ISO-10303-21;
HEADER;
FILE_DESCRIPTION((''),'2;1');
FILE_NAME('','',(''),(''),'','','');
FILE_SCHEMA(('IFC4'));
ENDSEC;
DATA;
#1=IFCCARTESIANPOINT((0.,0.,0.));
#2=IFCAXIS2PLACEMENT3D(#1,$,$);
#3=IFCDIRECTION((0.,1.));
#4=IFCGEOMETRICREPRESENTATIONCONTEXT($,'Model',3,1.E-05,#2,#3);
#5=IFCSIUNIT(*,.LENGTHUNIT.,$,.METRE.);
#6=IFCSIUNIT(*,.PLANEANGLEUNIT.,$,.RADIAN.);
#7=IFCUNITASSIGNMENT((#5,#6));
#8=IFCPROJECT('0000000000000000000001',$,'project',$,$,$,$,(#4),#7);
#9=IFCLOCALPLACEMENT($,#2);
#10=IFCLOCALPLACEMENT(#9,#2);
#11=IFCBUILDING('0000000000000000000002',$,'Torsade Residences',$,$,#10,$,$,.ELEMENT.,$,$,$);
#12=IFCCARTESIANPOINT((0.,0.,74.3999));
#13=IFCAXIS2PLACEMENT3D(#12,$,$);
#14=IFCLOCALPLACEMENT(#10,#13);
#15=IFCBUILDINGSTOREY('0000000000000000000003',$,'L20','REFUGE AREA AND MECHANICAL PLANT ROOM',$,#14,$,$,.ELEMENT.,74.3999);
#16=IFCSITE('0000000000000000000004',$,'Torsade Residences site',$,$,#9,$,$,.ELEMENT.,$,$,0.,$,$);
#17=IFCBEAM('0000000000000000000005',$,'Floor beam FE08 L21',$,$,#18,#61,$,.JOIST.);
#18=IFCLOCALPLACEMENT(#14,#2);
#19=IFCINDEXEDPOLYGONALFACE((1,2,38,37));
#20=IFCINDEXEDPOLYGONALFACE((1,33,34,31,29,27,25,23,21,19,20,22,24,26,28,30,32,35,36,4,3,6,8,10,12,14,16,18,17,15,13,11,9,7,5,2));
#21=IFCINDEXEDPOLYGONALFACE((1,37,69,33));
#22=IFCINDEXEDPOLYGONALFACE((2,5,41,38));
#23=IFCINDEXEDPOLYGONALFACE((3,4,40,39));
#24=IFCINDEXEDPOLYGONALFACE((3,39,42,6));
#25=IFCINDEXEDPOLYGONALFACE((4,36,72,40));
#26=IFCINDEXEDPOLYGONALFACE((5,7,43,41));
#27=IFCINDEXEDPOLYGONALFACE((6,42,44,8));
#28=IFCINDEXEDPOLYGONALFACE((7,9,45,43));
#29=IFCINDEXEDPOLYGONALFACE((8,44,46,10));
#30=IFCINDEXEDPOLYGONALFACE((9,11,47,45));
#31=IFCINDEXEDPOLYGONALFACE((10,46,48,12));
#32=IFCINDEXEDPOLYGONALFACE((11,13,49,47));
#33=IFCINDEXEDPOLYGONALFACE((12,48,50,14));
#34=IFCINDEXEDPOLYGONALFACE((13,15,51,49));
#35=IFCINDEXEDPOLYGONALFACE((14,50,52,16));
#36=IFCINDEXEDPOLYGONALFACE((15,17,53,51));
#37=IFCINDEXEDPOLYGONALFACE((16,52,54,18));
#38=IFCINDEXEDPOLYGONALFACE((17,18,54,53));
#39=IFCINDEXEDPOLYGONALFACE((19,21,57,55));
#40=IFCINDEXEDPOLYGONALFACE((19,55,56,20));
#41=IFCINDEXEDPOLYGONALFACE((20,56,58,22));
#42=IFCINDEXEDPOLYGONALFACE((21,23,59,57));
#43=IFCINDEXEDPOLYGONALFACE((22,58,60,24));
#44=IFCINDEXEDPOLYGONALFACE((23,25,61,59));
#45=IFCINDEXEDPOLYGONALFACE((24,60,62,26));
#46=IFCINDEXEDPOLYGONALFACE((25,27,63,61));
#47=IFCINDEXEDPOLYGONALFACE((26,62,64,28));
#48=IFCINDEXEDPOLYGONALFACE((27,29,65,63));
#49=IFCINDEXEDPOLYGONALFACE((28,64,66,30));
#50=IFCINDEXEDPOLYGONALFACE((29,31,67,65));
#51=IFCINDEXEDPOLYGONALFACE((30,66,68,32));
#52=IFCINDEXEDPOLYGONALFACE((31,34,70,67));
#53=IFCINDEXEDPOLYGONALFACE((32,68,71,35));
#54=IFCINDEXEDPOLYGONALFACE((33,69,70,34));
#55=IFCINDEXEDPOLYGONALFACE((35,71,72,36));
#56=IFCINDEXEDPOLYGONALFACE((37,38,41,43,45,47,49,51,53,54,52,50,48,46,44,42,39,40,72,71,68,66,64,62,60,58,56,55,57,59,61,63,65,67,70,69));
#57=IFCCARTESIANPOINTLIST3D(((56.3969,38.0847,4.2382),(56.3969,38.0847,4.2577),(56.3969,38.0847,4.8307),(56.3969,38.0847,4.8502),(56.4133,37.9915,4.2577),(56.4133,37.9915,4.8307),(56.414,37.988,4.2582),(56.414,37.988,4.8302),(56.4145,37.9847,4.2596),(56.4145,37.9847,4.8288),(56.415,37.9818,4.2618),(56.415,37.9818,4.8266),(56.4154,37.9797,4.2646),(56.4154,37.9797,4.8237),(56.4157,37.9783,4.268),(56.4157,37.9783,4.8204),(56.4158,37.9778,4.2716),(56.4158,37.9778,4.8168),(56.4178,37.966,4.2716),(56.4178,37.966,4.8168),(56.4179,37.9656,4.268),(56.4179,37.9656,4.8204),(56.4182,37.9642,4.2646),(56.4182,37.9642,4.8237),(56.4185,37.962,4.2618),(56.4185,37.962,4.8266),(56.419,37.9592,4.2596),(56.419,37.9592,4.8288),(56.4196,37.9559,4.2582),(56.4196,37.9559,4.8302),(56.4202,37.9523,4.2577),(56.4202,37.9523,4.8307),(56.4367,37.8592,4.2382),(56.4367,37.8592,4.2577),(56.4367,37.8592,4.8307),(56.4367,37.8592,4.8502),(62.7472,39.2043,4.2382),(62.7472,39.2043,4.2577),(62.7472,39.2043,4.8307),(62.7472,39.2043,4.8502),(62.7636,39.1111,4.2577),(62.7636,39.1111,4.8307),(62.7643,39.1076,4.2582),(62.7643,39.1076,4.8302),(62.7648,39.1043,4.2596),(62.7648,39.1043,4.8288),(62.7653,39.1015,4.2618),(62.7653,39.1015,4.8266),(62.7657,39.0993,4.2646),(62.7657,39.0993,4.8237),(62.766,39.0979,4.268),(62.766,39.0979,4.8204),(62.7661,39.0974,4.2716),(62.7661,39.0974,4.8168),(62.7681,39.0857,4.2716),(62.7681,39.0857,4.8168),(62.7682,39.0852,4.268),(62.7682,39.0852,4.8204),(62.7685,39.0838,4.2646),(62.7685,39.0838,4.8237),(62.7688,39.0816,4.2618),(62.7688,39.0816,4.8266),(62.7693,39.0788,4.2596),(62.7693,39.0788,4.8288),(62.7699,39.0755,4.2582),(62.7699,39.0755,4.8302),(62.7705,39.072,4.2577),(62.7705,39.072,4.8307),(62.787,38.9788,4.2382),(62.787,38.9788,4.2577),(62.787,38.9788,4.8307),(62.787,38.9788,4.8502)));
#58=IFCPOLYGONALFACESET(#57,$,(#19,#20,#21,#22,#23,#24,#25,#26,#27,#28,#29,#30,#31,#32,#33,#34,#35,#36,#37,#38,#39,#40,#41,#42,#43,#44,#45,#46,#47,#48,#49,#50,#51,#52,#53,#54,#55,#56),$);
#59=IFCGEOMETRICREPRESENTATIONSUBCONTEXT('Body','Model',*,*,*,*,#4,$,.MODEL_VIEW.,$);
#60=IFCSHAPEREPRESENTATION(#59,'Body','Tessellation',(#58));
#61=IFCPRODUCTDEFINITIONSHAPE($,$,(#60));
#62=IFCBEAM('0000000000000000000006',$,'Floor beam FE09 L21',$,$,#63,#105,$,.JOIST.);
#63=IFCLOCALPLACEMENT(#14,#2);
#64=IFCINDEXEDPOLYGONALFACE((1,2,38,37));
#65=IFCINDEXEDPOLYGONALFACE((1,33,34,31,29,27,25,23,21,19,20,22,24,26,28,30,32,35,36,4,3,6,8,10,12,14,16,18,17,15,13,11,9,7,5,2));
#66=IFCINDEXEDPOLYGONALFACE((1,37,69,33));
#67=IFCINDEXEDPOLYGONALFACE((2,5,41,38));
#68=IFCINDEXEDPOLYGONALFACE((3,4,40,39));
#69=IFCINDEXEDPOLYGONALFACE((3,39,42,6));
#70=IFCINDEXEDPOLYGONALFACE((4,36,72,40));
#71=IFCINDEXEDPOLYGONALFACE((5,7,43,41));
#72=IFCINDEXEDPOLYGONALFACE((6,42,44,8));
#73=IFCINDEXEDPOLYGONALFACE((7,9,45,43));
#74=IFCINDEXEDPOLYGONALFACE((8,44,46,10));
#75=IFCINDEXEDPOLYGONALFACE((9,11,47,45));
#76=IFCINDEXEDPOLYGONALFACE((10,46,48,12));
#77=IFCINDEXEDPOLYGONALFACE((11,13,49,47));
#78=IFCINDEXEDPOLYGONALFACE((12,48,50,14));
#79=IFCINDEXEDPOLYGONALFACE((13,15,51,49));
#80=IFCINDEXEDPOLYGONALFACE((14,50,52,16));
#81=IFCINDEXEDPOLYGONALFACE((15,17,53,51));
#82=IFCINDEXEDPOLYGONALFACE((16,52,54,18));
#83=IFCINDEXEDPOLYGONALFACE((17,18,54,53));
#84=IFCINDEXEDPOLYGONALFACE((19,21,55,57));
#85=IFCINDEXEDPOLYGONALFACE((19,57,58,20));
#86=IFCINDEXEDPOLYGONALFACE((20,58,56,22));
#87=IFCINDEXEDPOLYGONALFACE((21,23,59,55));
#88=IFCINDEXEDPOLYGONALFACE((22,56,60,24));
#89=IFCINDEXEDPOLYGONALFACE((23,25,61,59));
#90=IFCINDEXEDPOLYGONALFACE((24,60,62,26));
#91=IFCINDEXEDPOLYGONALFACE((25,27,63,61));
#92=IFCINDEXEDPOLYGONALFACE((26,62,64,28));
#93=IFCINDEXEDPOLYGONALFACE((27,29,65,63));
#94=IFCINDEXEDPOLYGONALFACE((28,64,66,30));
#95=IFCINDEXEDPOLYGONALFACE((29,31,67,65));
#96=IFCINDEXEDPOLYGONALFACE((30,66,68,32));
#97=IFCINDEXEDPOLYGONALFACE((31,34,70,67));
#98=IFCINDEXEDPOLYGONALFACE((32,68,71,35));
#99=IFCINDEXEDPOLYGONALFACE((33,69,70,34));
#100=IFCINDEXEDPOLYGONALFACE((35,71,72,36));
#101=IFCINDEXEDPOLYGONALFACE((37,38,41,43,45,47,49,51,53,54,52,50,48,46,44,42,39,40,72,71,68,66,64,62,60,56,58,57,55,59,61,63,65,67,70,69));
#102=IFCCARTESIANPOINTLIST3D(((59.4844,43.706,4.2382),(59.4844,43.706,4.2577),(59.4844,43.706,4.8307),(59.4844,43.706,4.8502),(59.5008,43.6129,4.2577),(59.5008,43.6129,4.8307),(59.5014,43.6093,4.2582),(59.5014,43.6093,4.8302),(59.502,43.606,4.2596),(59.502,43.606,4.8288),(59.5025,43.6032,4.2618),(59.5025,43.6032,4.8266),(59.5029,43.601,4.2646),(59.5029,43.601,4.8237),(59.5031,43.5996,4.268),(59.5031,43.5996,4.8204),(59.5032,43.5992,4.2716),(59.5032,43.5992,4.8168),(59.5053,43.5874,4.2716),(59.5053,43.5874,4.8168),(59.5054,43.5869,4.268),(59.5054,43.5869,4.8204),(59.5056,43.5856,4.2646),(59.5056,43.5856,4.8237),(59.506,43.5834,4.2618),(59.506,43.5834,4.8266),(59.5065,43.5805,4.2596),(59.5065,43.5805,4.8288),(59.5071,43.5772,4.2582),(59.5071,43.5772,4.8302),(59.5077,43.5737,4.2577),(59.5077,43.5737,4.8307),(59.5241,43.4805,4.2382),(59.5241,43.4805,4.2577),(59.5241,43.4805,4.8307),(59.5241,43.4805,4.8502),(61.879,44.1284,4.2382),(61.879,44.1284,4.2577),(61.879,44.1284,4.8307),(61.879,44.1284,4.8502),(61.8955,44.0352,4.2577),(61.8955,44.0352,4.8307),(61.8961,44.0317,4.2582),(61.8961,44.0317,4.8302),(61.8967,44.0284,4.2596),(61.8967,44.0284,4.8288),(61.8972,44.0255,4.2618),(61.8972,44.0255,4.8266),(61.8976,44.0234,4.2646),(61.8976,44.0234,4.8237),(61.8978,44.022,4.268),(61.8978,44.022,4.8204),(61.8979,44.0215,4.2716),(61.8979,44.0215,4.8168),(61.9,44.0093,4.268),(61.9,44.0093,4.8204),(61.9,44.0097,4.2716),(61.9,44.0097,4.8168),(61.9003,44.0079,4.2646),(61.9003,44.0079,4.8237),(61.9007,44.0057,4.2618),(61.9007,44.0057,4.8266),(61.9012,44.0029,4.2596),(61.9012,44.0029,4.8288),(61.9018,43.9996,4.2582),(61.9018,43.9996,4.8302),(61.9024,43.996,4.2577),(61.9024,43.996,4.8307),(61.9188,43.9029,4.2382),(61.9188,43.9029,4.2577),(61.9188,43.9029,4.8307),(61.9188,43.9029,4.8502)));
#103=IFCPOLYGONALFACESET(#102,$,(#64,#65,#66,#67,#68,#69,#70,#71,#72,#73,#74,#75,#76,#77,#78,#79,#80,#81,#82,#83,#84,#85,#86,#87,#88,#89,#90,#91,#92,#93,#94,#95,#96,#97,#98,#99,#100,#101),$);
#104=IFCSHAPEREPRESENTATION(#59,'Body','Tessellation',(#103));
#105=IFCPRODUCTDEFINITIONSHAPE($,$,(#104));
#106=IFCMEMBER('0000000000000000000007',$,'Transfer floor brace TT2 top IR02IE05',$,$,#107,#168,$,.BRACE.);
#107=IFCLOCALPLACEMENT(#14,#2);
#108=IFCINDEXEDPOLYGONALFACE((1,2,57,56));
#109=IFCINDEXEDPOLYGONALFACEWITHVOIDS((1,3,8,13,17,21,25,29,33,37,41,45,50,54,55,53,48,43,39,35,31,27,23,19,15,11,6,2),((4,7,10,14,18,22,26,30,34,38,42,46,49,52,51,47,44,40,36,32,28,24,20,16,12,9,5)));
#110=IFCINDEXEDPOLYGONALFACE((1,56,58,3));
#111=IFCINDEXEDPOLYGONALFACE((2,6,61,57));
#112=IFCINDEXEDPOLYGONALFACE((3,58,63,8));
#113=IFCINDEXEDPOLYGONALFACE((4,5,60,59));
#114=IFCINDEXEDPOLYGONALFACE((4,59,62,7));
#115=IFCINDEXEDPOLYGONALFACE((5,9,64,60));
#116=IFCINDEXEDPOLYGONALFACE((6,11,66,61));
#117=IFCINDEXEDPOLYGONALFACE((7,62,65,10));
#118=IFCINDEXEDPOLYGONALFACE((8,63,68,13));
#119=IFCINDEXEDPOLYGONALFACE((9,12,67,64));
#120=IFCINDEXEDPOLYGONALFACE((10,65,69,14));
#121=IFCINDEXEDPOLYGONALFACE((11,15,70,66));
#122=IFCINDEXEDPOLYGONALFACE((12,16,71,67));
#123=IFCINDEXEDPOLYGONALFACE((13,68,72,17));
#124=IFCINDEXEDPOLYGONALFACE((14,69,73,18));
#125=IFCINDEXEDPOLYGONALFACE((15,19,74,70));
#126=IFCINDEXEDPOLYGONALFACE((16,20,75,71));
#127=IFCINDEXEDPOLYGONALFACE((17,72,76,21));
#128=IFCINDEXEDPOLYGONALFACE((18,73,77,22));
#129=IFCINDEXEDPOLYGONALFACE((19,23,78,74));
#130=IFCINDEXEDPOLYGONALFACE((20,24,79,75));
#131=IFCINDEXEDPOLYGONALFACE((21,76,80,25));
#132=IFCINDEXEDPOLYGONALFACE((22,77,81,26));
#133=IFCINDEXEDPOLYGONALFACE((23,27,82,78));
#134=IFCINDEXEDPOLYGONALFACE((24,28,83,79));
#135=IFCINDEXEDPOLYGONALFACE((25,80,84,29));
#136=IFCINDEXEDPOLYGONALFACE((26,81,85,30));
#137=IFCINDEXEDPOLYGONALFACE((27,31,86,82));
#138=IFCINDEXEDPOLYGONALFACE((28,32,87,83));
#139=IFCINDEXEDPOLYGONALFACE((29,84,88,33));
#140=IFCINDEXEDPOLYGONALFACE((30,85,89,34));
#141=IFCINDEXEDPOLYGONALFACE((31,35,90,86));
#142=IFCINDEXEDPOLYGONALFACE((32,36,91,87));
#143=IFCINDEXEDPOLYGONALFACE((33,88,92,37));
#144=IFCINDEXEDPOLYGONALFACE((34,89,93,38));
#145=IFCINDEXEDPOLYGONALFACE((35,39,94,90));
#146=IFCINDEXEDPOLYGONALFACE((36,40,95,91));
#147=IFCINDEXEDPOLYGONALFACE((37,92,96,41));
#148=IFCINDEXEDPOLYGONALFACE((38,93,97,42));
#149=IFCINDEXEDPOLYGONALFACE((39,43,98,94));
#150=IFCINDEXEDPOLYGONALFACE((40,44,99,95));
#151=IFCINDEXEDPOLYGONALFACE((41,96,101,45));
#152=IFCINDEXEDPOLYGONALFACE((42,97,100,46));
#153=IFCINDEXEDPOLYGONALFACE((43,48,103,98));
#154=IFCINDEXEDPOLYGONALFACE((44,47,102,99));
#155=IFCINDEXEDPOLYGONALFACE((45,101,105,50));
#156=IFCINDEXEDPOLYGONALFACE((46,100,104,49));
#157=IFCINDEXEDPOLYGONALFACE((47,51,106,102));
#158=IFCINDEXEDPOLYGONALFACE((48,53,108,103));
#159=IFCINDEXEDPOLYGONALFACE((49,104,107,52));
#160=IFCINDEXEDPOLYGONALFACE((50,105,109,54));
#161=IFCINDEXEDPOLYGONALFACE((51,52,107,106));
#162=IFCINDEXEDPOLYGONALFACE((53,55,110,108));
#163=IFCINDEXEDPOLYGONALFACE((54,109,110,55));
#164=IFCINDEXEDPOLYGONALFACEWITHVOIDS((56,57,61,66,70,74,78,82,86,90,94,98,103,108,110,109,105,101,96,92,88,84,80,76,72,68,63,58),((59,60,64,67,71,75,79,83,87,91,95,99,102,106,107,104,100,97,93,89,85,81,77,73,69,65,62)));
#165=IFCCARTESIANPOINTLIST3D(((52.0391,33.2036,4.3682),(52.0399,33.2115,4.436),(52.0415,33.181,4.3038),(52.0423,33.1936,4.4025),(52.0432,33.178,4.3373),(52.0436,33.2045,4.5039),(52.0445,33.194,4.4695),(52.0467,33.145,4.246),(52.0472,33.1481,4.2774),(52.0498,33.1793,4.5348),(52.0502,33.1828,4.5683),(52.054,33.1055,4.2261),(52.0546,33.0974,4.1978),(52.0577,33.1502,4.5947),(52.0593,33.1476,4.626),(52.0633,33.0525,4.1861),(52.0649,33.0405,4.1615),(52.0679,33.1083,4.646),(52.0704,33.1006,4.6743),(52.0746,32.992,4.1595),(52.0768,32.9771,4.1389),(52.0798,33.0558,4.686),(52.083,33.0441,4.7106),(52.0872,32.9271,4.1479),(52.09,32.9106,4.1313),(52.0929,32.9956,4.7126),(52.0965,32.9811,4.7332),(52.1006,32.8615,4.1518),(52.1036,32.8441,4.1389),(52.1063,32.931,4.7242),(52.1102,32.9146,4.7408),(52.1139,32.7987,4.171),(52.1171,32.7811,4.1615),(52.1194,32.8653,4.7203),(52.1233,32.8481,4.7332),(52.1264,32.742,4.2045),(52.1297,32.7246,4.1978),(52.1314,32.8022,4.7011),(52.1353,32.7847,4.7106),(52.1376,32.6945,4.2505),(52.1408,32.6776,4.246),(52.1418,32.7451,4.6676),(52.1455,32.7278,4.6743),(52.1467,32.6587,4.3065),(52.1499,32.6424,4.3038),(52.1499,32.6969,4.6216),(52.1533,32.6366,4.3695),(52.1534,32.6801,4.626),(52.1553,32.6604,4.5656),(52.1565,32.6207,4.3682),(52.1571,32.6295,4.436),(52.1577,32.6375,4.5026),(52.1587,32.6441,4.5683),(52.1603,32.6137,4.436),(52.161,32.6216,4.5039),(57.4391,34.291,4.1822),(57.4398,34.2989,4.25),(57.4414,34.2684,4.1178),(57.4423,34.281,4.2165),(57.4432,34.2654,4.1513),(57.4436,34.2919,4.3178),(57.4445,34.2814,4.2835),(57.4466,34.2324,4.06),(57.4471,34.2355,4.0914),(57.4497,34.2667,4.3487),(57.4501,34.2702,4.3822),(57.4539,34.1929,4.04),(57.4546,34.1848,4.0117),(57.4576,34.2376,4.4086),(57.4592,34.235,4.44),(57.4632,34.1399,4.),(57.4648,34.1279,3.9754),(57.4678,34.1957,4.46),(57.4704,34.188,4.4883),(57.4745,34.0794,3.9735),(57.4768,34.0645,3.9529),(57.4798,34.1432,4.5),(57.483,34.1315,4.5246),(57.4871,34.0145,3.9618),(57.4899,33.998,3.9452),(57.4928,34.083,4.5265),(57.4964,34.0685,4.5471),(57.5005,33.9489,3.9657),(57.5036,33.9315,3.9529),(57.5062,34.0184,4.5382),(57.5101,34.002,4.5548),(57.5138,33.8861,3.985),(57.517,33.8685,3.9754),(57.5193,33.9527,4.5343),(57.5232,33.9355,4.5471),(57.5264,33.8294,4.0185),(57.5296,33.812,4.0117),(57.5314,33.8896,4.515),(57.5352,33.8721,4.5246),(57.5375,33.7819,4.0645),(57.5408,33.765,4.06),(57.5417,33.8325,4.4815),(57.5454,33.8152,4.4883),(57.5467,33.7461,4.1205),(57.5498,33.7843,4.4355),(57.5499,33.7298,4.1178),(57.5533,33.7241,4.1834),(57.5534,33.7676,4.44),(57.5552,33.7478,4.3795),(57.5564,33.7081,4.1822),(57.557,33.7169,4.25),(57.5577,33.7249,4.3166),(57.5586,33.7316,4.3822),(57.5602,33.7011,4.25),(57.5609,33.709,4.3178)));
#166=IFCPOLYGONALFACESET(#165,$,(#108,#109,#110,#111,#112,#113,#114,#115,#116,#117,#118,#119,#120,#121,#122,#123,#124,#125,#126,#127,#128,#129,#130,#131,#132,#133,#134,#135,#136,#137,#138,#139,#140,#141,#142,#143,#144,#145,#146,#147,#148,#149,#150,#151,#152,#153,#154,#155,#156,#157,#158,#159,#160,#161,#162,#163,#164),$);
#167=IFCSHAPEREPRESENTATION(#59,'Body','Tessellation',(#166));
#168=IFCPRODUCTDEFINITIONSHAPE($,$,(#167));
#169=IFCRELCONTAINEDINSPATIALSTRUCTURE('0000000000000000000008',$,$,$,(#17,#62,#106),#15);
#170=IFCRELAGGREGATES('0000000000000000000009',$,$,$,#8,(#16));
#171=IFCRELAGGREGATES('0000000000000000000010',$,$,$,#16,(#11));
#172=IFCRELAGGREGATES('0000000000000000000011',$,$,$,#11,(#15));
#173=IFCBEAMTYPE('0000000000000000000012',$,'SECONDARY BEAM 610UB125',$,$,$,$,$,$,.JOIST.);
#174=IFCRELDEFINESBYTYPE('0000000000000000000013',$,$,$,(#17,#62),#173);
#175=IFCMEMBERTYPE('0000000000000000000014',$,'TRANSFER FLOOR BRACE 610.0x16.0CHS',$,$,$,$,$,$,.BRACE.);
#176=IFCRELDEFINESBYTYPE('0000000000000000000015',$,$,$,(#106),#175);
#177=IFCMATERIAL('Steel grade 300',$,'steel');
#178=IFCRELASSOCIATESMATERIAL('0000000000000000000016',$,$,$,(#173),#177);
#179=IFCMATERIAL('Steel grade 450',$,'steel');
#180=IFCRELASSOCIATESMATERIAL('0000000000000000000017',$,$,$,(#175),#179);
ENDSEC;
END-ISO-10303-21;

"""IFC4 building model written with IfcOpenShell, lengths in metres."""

from ifc_helpers import new_model, si_unit, direction, frame, origin, origin_2d, place, context, subcontext, project, spatial, hollow_circle, i_section, extrude, material, material_profile, profile_set, type_object, element, save


model = new_model("IFC4")

# Units and contexts
model_context = context("Model", 3, precision=1e-05, world=origin(), true_north=direction((0.0, 1.0)))
body_context = subcontext(model_context, "Body", "Model", "MODEL_VIEW")
ifc_project = project(units=[si_unit("LENGTHUNIT", "METRE"), si_unit("PLANEANGLEUNIT", "RADIAN")], contexts=[model_context])

# Site, building, storey
site_placement = place(None, origin())
site = spatial("IfcSite", under=ifc_project, at=site_placement, Name="Torsade Residences site", CompositionType="ELEMENT", RefElevation=0.0)
building_placement = place(site_placement, origin())
building = spatial("IfcBuilding", under=site, at=building_placement, Name="Torsade Residences", CompositionType="ELEMENT")
storey_placement = place(building_placement, frame((0.0, 0.0, 74.3999)))
storey = spatial("IfcBuildingStorey", under=building, at=storey_placement, Name="L20", Description="REFUGE AREA AND MECHANICAL PLANT ROOM", CompositionType="ELEMENT", Elevation=74.3999)

# Beams
ifc_material_1 = material(Name="Steel grade 300", Category="steel")
ifc_material_profile_1 = material_profile(ifc_material_1, i_section(OverallWidth=0.229, OverallDepth=0.6121, WebThickness=0.012, FlangeThickness=0.0195, FilletRadius=0.0139, at=origin_2d()), Name="610UB125")
ifc_profile_set_1 = profile_set([ifc_material_profile_1], Name="Steel grade 300")
beam_type_1 = type_object("IfcBeamType", Name="SECONDARY BEAM 610UB125", PredefinedType="JOIST", material=ifc_profile_set_1)
beam_1_placement = place(storey_placement, frame((62.7671, 39.0916, 4.5442), z_axis=(-0.984811, -0.173632, 0.0), x_axis=(0.173632, -0.984811, 0.0)))
element("IfcBeam", 1, at=beam_1_placement, inside=storey, type_object=beam_type_1, Name="Floor beam FE08 L21", PredefinedType="JOIST", context=body_context, shape_type="SweptSolid", body=[
    extrude(i_section(OverallWidth=0.229, OverallDepth=0.6121, WebThickness=0.012, FlangeThickness=0.0195, FilletRadius=0.0139, at=origin_2d()), origin(), (0.0, 0.0, 1.0), 6.4482),
])
beam_2_placement = place(storey_placement, frame((61.8989, 44.0156, 4.5442), z_axis=(-0.984801, -0.173688, 0.0), x_axis=(0.173688, -0.984801, 0.0)))
element("IfcBeam", 2, at=beam_2_placement, inside=storey, type_object=beam_type_1, Name="Floor beam FE09 L21", PredefinedType="JOIST", context=body_context, shape_type="SweptSolid", body=[
    extrude(i_section(OverallWidth=0.229, OverallDepth=0.6121, WebThickness=0.012, FlangeThickness=0.0195, FilletRadius=0.0139, at=origin_2d()), origin(), (0.0, 0.0, 1.0), 2.4316),
])

# Member
ifc_material_2 = material(Name="Steel grade 450", Category="steel")
ifc_material_profile_2 = material_profile(ifc_material_2, hollow_circle(Radius=0.3049, WallThickness=0.0161, at=origin_2d()), Name="610.0x16.0CHS")
ifc_profile_set_2 = profile_set([ifc_material_profile_2], Name="Steel grade 450")
member_type_1 = type_object("IfcMemberType", Name="TRANSFER FLOOR BRACE 610.0x16.0CHS", PredefinedType="BRACE", material=ifc_profile_set_2)
member_1_placement = place(storey_placement, frame((57.5, 34.0, 4.25), z_axis=(-0.979762, -0.197299, 0.033754), x_axis=(0.197412, -0.980321, 0.0)))
element("IfcMember", 3, at=member_1_placement, inside=storey, type_object=member_type_1, Name="Transfer floor brace TT2 top IR02IE05", PredefinedType="BRACE", context=body_context, shape_type="SweptSolid", body=[
    extrude(hollow_circle(Radius=0.3049, WallThickness=0.0161, at=origin_2d()), origin(), (0.0, 0.0, 1.0), 5.5115),
])

save(model, "model.ifc")
